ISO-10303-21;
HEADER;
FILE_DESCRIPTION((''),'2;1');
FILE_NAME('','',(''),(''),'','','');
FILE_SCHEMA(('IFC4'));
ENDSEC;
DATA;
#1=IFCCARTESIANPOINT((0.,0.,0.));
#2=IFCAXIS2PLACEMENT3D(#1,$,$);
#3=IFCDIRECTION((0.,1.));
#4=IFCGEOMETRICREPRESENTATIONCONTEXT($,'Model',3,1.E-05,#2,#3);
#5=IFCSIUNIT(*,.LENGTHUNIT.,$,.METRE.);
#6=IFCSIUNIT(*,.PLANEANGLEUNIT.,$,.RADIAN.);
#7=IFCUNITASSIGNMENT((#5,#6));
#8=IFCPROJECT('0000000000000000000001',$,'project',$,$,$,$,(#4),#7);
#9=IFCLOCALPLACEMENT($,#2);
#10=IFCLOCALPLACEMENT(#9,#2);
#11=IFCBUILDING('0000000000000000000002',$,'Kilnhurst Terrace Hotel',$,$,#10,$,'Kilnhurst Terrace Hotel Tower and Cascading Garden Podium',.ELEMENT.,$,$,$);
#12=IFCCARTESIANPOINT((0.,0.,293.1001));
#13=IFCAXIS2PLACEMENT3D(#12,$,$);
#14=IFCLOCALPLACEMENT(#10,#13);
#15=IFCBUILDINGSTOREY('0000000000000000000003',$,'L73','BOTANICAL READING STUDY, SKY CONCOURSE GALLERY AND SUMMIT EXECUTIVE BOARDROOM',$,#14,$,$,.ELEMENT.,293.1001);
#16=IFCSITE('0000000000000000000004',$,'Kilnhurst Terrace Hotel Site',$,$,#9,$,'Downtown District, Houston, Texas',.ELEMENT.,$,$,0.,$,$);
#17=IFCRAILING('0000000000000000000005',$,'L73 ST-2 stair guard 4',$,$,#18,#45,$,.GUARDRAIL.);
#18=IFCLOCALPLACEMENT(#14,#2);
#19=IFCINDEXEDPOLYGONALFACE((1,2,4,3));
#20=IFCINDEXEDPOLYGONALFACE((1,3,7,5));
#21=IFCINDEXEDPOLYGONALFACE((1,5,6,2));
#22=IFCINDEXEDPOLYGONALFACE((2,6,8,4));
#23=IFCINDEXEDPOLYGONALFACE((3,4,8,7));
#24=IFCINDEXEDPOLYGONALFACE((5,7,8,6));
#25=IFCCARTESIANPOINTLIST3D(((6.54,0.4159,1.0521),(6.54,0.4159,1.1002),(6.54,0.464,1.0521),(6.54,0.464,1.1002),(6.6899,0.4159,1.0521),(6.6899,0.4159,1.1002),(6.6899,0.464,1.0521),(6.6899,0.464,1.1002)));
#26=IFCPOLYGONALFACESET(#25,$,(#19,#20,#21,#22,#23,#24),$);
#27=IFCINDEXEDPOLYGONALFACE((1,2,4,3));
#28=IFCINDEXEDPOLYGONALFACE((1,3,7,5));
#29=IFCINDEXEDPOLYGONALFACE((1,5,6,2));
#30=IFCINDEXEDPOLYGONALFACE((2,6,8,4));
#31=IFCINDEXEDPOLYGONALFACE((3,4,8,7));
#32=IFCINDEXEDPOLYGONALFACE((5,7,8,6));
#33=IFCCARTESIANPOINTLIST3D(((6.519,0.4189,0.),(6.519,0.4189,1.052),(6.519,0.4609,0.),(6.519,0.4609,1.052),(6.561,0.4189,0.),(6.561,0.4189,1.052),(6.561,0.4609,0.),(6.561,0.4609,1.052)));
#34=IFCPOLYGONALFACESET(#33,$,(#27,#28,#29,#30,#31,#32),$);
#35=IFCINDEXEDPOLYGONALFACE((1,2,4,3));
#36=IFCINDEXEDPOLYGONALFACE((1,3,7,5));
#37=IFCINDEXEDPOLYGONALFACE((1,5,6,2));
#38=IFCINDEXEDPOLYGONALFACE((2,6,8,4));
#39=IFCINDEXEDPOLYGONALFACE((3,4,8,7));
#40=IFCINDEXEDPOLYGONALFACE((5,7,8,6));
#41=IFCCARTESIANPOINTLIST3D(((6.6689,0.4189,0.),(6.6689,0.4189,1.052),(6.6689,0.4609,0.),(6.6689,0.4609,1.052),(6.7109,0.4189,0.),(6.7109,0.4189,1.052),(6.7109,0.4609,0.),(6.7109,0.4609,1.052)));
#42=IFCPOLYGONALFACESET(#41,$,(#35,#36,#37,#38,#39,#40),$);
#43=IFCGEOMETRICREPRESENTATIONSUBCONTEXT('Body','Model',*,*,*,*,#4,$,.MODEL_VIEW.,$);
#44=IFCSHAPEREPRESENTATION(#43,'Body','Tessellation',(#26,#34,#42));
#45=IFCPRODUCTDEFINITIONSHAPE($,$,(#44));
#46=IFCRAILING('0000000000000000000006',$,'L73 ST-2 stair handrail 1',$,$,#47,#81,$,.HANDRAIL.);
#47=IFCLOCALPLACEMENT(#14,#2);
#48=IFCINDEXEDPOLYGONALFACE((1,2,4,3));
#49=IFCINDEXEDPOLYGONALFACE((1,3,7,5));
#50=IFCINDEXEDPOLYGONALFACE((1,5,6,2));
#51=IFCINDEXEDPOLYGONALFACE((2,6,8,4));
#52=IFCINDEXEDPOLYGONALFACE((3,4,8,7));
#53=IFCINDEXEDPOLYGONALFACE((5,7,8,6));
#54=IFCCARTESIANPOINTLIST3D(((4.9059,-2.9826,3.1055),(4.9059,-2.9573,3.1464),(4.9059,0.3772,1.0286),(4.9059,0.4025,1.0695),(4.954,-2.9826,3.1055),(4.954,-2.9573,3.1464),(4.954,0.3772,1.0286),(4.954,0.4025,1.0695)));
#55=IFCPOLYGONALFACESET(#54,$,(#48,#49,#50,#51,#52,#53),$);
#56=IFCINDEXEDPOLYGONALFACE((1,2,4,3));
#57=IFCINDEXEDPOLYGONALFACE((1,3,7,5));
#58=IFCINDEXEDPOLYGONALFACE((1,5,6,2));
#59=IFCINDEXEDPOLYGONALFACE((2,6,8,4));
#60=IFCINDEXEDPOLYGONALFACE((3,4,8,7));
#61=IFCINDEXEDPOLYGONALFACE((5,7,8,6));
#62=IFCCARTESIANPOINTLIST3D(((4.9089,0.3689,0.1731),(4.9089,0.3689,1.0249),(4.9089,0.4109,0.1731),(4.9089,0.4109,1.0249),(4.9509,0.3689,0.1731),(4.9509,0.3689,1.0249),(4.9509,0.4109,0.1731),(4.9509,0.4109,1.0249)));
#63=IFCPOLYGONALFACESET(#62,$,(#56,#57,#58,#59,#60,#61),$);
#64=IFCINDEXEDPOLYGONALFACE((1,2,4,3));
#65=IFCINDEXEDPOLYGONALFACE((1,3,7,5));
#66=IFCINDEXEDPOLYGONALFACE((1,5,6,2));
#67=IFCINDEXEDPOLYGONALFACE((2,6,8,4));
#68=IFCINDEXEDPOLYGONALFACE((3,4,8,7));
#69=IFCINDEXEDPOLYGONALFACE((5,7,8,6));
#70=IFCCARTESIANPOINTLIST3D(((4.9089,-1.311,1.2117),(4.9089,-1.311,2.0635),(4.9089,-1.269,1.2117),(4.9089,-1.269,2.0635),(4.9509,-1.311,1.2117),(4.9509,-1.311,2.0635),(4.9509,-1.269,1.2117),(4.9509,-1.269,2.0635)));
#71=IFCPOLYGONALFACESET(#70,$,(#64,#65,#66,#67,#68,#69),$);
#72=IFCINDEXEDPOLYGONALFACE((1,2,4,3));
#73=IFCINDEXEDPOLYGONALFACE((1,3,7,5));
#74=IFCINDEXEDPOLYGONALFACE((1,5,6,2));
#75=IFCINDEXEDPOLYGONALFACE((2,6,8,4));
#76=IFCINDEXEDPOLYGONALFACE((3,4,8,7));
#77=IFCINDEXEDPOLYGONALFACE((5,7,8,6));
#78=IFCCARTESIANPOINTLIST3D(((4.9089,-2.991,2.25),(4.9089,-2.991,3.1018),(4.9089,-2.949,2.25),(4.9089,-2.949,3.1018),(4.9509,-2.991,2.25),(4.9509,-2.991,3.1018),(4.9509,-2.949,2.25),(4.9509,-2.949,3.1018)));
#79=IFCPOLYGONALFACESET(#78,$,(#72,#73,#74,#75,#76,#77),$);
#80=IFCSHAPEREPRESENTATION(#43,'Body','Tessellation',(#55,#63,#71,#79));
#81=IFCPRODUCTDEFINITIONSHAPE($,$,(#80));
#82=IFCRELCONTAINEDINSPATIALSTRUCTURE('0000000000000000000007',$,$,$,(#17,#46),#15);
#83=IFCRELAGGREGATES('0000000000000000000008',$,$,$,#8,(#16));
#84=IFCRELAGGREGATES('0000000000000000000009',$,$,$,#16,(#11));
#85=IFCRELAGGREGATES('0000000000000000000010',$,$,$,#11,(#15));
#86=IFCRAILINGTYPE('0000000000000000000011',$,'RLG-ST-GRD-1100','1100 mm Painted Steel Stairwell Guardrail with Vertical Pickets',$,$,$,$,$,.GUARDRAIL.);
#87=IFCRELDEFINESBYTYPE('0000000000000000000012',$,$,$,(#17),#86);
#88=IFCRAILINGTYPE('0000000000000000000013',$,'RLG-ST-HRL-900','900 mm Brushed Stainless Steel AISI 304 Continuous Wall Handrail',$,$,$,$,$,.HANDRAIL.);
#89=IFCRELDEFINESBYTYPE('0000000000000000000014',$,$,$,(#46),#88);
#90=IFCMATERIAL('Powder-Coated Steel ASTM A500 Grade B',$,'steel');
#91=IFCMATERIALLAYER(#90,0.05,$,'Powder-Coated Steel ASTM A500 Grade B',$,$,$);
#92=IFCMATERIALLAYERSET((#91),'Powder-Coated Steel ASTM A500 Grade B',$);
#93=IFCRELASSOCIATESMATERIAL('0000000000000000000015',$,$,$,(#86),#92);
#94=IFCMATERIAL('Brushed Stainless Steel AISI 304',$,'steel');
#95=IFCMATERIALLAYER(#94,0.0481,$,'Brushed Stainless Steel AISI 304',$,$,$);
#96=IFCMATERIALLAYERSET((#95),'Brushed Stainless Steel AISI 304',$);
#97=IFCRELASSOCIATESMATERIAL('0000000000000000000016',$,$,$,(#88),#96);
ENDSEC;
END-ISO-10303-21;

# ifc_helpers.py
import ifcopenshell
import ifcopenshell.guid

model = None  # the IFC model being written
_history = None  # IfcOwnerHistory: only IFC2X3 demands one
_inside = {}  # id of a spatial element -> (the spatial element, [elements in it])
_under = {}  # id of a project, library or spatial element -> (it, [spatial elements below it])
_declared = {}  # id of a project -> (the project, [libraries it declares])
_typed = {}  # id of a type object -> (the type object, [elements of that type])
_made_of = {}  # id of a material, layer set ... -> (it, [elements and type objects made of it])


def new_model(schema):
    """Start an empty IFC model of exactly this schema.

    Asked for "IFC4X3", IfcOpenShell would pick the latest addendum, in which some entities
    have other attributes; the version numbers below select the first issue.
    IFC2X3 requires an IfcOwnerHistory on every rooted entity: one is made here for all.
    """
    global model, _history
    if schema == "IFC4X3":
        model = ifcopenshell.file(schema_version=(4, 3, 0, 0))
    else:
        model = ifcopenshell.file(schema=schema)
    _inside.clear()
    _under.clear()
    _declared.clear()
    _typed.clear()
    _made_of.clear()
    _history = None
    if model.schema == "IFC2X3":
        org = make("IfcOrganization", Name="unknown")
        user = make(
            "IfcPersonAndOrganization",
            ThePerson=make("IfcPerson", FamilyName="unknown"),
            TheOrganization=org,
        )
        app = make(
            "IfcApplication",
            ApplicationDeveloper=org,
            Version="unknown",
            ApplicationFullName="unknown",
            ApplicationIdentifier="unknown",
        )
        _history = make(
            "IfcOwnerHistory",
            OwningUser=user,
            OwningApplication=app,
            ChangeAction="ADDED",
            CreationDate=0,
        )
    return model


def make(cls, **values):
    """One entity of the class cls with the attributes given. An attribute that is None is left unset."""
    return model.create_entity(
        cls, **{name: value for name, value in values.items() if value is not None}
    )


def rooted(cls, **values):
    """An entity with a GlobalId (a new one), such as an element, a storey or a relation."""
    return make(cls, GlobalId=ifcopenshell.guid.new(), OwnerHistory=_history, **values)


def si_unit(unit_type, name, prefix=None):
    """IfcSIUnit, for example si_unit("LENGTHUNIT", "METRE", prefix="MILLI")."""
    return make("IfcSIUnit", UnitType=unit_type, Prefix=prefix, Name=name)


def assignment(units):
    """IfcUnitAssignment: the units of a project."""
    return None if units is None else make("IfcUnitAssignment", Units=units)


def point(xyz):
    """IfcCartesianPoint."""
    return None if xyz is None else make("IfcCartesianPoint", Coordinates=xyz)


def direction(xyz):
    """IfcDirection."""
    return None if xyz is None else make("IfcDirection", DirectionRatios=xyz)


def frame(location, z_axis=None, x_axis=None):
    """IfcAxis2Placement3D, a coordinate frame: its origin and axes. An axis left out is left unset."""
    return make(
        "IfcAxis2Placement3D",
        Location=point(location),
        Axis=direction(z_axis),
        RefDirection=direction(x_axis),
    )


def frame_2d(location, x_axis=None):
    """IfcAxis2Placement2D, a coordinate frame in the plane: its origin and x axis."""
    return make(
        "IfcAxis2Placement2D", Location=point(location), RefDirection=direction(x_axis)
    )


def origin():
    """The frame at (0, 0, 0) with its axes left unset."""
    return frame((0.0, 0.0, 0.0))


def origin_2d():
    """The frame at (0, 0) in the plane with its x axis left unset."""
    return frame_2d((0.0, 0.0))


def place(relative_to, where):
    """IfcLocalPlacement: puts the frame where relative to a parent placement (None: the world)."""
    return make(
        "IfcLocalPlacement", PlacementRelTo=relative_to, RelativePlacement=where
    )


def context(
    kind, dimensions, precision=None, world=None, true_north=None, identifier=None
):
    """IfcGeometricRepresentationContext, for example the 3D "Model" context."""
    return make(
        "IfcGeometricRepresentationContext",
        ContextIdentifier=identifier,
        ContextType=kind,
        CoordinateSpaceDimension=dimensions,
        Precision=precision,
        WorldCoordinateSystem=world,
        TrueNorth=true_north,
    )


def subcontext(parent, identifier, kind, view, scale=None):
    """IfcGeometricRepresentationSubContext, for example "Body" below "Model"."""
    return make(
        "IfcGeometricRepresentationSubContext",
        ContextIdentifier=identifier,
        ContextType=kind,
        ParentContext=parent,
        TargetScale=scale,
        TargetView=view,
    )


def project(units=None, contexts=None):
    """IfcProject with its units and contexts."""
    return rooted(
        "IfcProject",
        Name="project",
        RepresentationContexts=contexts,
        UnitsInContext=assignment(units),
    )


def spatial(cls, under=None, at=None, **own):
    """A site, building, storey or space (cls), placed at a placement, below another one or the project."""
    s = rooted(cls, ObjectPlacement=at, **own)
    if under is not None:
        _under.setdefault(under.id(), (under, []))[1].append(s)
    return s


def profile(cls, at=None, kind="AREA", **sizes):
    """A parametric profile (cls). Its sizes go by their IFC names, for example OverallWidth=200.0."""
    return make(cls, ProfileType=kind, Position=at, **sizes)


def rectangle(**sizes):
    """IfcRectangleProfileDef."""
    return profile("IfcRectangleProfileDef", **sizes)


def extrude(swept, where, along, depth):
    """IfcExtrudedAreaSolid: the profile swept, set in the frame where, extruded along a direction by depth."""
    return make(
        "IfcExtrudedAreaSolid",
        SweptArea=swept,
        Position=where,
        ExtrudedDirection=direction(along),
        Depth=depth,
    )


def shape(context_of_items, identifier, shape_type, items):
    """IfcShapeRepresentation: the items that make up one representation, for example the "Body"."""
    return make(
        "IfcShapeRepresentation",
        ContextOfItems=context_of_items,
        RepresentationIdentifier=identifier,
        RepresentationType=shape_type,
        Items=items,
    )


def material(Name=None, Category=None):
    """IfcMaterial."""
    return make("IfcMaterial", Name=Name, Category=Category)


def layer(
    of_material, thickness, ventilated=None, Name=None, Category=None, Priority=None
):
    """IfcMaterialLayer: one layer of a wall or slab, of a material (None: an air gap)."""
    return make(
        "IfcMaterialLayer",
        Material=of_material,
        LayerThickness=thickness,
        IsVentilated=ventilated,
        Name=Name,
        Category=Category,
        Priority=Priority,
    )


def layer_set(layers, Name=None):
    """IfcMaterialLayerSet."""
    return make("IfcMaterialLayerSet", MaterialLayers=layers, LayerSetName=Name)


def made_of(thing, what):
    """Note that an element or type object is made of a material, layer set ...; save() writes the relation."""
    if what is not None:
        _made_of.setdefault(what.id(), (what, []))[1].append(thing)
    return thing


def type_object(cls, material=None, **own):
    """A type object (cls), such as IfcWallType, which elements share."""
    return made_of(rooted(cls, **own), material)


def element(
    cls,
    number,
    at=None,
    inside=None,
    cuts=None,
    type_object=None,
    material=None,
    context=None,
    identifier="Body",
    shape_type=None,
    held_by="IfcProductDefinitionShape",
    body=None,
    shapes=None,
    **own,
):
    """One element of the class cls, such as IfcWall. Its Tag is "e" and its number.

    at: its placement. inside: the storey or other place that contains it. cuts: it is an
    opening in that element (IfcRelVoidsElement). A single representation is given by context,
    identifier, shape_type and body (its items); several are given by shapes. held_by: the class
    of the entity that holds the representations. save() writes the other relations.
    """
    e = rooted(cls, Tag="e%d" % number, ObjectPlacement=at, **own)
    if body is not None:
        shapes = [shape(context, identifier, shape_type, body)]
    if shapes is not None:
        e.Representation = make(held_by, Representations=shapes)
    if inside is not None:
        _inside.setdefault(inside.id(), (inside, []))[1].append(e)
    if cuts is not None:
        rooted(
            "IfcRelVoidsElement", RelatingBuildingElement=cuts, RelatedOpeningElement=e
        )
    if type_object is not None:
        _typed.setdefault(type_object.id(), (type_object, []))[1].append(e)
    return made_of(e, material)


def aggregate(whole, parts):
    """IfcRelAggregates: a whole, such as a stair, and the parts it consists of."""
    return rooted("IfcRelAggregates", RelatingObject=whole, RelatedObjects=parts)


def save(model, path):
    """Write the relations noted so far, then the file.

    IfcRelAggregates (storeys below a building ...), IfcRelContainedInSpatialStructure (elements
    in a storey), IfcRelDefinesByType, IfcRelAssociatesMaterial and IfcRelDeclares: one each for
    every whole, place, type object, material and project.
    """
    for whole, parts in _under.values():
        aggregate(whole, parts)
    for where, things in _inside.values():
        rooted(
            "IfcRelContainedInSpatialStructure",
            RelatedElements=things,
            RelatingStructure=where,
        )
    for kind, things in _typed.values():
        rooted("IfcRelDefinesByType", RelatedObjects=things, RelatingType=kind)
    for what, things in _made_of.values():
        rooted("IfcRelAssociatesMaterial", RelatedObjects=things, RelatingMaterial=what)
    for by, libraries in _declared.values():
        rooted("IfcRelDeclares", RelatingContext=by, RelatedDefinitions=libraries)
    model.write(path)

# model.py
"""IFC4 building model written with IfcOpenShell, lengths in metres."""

from ifc_helpers import new_model, si_unit, direction, frame, origin, origin_2d, place, context, subcontext, project, spatial, rectangle, extrude, material, layer, layer_set, type_object, element, save


model = new_model("IFC4")

# Units and contexts
model_context = context("Model", 3, precision=1e-05, world=origin(), true_north=direction((0.0, 1.0)))
body_context = subcontext(model_context, "Body", "Model", "MODEL_VIEW")
ifc_project = project(units=[si_unit("LENGTHUNIT", "METRE"), si_unit("PLANEANGLEUNIT", "RADIAN")], contexts=[model_context])

# Site, building, storey
site_placement = place(None, origin())
site = spatial("IfcSite", under=ifc_project, at=site_placement, Name="Kilnhurst Terrace Hotel Site", LongName="Downtown District, Houston, Texas", CompositionType="ELEMENT", RefElevation=0.0)
building_placement = place(site_placement, origin())
building = spatial("IfcBuilding", under=site, at=building_placement, Name="Kilnhurst Terrace Hotel", LongName="Kilnhurst Terrace Hotel Tower and Cascading Garden Podium", CompositionType="ELEMENT")
storey_placement = place(building_placement, frame((0.0, 0.0, 293.1001)))
storey = spatial("IfcBuildingStorey", under=building, at=storey_placement, Name="L73", Description="BOTANICAL READING STUDY, SKY CONCOURSE GALLERY AND SUMMIT EXECUTIVE BOARDROOM", CompositionType="ELEMENT", Elevation=293.1001)

# Railings
ifc_material_1 = material(Name="Powder-Coated Steel ASTM A500 Grade B", Category="steel")
ifc_layer_1 = layer(ifc_material_1, 0.05, Name="Powder-Coated Steel ASTM A500 Grade B")
ifc_layer_set_1 = layer_set([ifc_layer_1], Name="Powder-Coated Steel ASTM A500 Grade B")
railing_type_1 = type_object("IfcRailingType", Name="RLG-ST-GRD-1100", Description="1100 mm Painted Steel Stairwell Guardrail with Vertical Pickets", PredefinedType="GUARDRAIL", material=ifc_layer_set_1)
railing_1_placement = place(storey_placement, frame((6.54, 0.4399, 0.0)))
element("IfcRailing", 1, at=railing_1_placement, inside=storey, type_object=railing_type_1, Name="L73 ST-2 stair guard 4", PredefinedType="GUARDRAIL", context=body_context, shape_type="SweptSolid", body=[
    extrude(rectangle(XDim=0.0481, YDim=0.0481, at=origin_2d()), frame((0.0, 0.0, 1.0762), z_axis=(1.0, 0.0, 0.0), x_axis=(0.0, 1.0, 0.0)), (0.0, 0.0, 1.0), 0.1499),
    extrude(rectangle(XDim=0.042, YDim=0.042, at=origin_2d()), origin(), (0.0, 0.0, 1.0), 1.052),
    extrude(rectangle(XDim=0.042, YDim=0.042, at=origin_2d()), frame((0.1499, 0.0, 0.0)), (0.0, 0.0, 1.0), 1.052),
])
ifc_material_2 = material(Name="Brushed Stainless Steel AISI 304", Category="steel")
ifc_layer_2 = layer(ifc_material_2, 0.0481, Name="Brushed Stainless Steel AISI 304")
ifc_layer_set_2 = layer_set([ifc_layer_2], Name="Brushed Stainless Steel AISI 304")
railing_type_2 = type_object("IfcRailingType", Name="RLG-ST-HRL-900", Description="900 mm Brushed Stainless Steel AISI 304 Continuous Wall Handrail", PredefinedType="HANDRAIL", material=ifc_layer_set_2)
railing_2_placement = place(storey_placement, frame((4.9299, 0.3899, 0.1731)))
element("IfcRailing", 2, at=railing_2_placement, inside=storey, type_object=railing_type_2, Name="L73 ST-2 stair handrail 1", PredefinedType="HANDRAIL", context=body_context, shape_type="SweptSolid", body=[
    extrude(rectangle(XDim=0.0481, YDim=0.0481, at=origin_2d()), frame((0.0, 0.0, 0.876), z_axis=(0.0, -0.850606, 0.525803), x_axis=(1.0, 0.0, 0.0)), (0.0, 0.0, 1.0), 3.95),
    extrude(rectangle(XDim=0.042, YDim=0.042, at=origin_2d()), origin(), (0.0, 0.0, 1.0), 0.8518),
    extrude(rectangle(XDim=0.042, YDim=0.042, at=origin_2d()), frame((0.0, -1.6799, 1.0386)), (0.0, 0.0, 1.0), 0.8518),
    extrude(rectangle(XDim=0.042, YDim=0.042, at=origin_2d()), frame((0.0, -3.3599, 2.0769)), (0.0, 0.0, 1.0), 0.8518),
])

save(model, "model.ifc")
